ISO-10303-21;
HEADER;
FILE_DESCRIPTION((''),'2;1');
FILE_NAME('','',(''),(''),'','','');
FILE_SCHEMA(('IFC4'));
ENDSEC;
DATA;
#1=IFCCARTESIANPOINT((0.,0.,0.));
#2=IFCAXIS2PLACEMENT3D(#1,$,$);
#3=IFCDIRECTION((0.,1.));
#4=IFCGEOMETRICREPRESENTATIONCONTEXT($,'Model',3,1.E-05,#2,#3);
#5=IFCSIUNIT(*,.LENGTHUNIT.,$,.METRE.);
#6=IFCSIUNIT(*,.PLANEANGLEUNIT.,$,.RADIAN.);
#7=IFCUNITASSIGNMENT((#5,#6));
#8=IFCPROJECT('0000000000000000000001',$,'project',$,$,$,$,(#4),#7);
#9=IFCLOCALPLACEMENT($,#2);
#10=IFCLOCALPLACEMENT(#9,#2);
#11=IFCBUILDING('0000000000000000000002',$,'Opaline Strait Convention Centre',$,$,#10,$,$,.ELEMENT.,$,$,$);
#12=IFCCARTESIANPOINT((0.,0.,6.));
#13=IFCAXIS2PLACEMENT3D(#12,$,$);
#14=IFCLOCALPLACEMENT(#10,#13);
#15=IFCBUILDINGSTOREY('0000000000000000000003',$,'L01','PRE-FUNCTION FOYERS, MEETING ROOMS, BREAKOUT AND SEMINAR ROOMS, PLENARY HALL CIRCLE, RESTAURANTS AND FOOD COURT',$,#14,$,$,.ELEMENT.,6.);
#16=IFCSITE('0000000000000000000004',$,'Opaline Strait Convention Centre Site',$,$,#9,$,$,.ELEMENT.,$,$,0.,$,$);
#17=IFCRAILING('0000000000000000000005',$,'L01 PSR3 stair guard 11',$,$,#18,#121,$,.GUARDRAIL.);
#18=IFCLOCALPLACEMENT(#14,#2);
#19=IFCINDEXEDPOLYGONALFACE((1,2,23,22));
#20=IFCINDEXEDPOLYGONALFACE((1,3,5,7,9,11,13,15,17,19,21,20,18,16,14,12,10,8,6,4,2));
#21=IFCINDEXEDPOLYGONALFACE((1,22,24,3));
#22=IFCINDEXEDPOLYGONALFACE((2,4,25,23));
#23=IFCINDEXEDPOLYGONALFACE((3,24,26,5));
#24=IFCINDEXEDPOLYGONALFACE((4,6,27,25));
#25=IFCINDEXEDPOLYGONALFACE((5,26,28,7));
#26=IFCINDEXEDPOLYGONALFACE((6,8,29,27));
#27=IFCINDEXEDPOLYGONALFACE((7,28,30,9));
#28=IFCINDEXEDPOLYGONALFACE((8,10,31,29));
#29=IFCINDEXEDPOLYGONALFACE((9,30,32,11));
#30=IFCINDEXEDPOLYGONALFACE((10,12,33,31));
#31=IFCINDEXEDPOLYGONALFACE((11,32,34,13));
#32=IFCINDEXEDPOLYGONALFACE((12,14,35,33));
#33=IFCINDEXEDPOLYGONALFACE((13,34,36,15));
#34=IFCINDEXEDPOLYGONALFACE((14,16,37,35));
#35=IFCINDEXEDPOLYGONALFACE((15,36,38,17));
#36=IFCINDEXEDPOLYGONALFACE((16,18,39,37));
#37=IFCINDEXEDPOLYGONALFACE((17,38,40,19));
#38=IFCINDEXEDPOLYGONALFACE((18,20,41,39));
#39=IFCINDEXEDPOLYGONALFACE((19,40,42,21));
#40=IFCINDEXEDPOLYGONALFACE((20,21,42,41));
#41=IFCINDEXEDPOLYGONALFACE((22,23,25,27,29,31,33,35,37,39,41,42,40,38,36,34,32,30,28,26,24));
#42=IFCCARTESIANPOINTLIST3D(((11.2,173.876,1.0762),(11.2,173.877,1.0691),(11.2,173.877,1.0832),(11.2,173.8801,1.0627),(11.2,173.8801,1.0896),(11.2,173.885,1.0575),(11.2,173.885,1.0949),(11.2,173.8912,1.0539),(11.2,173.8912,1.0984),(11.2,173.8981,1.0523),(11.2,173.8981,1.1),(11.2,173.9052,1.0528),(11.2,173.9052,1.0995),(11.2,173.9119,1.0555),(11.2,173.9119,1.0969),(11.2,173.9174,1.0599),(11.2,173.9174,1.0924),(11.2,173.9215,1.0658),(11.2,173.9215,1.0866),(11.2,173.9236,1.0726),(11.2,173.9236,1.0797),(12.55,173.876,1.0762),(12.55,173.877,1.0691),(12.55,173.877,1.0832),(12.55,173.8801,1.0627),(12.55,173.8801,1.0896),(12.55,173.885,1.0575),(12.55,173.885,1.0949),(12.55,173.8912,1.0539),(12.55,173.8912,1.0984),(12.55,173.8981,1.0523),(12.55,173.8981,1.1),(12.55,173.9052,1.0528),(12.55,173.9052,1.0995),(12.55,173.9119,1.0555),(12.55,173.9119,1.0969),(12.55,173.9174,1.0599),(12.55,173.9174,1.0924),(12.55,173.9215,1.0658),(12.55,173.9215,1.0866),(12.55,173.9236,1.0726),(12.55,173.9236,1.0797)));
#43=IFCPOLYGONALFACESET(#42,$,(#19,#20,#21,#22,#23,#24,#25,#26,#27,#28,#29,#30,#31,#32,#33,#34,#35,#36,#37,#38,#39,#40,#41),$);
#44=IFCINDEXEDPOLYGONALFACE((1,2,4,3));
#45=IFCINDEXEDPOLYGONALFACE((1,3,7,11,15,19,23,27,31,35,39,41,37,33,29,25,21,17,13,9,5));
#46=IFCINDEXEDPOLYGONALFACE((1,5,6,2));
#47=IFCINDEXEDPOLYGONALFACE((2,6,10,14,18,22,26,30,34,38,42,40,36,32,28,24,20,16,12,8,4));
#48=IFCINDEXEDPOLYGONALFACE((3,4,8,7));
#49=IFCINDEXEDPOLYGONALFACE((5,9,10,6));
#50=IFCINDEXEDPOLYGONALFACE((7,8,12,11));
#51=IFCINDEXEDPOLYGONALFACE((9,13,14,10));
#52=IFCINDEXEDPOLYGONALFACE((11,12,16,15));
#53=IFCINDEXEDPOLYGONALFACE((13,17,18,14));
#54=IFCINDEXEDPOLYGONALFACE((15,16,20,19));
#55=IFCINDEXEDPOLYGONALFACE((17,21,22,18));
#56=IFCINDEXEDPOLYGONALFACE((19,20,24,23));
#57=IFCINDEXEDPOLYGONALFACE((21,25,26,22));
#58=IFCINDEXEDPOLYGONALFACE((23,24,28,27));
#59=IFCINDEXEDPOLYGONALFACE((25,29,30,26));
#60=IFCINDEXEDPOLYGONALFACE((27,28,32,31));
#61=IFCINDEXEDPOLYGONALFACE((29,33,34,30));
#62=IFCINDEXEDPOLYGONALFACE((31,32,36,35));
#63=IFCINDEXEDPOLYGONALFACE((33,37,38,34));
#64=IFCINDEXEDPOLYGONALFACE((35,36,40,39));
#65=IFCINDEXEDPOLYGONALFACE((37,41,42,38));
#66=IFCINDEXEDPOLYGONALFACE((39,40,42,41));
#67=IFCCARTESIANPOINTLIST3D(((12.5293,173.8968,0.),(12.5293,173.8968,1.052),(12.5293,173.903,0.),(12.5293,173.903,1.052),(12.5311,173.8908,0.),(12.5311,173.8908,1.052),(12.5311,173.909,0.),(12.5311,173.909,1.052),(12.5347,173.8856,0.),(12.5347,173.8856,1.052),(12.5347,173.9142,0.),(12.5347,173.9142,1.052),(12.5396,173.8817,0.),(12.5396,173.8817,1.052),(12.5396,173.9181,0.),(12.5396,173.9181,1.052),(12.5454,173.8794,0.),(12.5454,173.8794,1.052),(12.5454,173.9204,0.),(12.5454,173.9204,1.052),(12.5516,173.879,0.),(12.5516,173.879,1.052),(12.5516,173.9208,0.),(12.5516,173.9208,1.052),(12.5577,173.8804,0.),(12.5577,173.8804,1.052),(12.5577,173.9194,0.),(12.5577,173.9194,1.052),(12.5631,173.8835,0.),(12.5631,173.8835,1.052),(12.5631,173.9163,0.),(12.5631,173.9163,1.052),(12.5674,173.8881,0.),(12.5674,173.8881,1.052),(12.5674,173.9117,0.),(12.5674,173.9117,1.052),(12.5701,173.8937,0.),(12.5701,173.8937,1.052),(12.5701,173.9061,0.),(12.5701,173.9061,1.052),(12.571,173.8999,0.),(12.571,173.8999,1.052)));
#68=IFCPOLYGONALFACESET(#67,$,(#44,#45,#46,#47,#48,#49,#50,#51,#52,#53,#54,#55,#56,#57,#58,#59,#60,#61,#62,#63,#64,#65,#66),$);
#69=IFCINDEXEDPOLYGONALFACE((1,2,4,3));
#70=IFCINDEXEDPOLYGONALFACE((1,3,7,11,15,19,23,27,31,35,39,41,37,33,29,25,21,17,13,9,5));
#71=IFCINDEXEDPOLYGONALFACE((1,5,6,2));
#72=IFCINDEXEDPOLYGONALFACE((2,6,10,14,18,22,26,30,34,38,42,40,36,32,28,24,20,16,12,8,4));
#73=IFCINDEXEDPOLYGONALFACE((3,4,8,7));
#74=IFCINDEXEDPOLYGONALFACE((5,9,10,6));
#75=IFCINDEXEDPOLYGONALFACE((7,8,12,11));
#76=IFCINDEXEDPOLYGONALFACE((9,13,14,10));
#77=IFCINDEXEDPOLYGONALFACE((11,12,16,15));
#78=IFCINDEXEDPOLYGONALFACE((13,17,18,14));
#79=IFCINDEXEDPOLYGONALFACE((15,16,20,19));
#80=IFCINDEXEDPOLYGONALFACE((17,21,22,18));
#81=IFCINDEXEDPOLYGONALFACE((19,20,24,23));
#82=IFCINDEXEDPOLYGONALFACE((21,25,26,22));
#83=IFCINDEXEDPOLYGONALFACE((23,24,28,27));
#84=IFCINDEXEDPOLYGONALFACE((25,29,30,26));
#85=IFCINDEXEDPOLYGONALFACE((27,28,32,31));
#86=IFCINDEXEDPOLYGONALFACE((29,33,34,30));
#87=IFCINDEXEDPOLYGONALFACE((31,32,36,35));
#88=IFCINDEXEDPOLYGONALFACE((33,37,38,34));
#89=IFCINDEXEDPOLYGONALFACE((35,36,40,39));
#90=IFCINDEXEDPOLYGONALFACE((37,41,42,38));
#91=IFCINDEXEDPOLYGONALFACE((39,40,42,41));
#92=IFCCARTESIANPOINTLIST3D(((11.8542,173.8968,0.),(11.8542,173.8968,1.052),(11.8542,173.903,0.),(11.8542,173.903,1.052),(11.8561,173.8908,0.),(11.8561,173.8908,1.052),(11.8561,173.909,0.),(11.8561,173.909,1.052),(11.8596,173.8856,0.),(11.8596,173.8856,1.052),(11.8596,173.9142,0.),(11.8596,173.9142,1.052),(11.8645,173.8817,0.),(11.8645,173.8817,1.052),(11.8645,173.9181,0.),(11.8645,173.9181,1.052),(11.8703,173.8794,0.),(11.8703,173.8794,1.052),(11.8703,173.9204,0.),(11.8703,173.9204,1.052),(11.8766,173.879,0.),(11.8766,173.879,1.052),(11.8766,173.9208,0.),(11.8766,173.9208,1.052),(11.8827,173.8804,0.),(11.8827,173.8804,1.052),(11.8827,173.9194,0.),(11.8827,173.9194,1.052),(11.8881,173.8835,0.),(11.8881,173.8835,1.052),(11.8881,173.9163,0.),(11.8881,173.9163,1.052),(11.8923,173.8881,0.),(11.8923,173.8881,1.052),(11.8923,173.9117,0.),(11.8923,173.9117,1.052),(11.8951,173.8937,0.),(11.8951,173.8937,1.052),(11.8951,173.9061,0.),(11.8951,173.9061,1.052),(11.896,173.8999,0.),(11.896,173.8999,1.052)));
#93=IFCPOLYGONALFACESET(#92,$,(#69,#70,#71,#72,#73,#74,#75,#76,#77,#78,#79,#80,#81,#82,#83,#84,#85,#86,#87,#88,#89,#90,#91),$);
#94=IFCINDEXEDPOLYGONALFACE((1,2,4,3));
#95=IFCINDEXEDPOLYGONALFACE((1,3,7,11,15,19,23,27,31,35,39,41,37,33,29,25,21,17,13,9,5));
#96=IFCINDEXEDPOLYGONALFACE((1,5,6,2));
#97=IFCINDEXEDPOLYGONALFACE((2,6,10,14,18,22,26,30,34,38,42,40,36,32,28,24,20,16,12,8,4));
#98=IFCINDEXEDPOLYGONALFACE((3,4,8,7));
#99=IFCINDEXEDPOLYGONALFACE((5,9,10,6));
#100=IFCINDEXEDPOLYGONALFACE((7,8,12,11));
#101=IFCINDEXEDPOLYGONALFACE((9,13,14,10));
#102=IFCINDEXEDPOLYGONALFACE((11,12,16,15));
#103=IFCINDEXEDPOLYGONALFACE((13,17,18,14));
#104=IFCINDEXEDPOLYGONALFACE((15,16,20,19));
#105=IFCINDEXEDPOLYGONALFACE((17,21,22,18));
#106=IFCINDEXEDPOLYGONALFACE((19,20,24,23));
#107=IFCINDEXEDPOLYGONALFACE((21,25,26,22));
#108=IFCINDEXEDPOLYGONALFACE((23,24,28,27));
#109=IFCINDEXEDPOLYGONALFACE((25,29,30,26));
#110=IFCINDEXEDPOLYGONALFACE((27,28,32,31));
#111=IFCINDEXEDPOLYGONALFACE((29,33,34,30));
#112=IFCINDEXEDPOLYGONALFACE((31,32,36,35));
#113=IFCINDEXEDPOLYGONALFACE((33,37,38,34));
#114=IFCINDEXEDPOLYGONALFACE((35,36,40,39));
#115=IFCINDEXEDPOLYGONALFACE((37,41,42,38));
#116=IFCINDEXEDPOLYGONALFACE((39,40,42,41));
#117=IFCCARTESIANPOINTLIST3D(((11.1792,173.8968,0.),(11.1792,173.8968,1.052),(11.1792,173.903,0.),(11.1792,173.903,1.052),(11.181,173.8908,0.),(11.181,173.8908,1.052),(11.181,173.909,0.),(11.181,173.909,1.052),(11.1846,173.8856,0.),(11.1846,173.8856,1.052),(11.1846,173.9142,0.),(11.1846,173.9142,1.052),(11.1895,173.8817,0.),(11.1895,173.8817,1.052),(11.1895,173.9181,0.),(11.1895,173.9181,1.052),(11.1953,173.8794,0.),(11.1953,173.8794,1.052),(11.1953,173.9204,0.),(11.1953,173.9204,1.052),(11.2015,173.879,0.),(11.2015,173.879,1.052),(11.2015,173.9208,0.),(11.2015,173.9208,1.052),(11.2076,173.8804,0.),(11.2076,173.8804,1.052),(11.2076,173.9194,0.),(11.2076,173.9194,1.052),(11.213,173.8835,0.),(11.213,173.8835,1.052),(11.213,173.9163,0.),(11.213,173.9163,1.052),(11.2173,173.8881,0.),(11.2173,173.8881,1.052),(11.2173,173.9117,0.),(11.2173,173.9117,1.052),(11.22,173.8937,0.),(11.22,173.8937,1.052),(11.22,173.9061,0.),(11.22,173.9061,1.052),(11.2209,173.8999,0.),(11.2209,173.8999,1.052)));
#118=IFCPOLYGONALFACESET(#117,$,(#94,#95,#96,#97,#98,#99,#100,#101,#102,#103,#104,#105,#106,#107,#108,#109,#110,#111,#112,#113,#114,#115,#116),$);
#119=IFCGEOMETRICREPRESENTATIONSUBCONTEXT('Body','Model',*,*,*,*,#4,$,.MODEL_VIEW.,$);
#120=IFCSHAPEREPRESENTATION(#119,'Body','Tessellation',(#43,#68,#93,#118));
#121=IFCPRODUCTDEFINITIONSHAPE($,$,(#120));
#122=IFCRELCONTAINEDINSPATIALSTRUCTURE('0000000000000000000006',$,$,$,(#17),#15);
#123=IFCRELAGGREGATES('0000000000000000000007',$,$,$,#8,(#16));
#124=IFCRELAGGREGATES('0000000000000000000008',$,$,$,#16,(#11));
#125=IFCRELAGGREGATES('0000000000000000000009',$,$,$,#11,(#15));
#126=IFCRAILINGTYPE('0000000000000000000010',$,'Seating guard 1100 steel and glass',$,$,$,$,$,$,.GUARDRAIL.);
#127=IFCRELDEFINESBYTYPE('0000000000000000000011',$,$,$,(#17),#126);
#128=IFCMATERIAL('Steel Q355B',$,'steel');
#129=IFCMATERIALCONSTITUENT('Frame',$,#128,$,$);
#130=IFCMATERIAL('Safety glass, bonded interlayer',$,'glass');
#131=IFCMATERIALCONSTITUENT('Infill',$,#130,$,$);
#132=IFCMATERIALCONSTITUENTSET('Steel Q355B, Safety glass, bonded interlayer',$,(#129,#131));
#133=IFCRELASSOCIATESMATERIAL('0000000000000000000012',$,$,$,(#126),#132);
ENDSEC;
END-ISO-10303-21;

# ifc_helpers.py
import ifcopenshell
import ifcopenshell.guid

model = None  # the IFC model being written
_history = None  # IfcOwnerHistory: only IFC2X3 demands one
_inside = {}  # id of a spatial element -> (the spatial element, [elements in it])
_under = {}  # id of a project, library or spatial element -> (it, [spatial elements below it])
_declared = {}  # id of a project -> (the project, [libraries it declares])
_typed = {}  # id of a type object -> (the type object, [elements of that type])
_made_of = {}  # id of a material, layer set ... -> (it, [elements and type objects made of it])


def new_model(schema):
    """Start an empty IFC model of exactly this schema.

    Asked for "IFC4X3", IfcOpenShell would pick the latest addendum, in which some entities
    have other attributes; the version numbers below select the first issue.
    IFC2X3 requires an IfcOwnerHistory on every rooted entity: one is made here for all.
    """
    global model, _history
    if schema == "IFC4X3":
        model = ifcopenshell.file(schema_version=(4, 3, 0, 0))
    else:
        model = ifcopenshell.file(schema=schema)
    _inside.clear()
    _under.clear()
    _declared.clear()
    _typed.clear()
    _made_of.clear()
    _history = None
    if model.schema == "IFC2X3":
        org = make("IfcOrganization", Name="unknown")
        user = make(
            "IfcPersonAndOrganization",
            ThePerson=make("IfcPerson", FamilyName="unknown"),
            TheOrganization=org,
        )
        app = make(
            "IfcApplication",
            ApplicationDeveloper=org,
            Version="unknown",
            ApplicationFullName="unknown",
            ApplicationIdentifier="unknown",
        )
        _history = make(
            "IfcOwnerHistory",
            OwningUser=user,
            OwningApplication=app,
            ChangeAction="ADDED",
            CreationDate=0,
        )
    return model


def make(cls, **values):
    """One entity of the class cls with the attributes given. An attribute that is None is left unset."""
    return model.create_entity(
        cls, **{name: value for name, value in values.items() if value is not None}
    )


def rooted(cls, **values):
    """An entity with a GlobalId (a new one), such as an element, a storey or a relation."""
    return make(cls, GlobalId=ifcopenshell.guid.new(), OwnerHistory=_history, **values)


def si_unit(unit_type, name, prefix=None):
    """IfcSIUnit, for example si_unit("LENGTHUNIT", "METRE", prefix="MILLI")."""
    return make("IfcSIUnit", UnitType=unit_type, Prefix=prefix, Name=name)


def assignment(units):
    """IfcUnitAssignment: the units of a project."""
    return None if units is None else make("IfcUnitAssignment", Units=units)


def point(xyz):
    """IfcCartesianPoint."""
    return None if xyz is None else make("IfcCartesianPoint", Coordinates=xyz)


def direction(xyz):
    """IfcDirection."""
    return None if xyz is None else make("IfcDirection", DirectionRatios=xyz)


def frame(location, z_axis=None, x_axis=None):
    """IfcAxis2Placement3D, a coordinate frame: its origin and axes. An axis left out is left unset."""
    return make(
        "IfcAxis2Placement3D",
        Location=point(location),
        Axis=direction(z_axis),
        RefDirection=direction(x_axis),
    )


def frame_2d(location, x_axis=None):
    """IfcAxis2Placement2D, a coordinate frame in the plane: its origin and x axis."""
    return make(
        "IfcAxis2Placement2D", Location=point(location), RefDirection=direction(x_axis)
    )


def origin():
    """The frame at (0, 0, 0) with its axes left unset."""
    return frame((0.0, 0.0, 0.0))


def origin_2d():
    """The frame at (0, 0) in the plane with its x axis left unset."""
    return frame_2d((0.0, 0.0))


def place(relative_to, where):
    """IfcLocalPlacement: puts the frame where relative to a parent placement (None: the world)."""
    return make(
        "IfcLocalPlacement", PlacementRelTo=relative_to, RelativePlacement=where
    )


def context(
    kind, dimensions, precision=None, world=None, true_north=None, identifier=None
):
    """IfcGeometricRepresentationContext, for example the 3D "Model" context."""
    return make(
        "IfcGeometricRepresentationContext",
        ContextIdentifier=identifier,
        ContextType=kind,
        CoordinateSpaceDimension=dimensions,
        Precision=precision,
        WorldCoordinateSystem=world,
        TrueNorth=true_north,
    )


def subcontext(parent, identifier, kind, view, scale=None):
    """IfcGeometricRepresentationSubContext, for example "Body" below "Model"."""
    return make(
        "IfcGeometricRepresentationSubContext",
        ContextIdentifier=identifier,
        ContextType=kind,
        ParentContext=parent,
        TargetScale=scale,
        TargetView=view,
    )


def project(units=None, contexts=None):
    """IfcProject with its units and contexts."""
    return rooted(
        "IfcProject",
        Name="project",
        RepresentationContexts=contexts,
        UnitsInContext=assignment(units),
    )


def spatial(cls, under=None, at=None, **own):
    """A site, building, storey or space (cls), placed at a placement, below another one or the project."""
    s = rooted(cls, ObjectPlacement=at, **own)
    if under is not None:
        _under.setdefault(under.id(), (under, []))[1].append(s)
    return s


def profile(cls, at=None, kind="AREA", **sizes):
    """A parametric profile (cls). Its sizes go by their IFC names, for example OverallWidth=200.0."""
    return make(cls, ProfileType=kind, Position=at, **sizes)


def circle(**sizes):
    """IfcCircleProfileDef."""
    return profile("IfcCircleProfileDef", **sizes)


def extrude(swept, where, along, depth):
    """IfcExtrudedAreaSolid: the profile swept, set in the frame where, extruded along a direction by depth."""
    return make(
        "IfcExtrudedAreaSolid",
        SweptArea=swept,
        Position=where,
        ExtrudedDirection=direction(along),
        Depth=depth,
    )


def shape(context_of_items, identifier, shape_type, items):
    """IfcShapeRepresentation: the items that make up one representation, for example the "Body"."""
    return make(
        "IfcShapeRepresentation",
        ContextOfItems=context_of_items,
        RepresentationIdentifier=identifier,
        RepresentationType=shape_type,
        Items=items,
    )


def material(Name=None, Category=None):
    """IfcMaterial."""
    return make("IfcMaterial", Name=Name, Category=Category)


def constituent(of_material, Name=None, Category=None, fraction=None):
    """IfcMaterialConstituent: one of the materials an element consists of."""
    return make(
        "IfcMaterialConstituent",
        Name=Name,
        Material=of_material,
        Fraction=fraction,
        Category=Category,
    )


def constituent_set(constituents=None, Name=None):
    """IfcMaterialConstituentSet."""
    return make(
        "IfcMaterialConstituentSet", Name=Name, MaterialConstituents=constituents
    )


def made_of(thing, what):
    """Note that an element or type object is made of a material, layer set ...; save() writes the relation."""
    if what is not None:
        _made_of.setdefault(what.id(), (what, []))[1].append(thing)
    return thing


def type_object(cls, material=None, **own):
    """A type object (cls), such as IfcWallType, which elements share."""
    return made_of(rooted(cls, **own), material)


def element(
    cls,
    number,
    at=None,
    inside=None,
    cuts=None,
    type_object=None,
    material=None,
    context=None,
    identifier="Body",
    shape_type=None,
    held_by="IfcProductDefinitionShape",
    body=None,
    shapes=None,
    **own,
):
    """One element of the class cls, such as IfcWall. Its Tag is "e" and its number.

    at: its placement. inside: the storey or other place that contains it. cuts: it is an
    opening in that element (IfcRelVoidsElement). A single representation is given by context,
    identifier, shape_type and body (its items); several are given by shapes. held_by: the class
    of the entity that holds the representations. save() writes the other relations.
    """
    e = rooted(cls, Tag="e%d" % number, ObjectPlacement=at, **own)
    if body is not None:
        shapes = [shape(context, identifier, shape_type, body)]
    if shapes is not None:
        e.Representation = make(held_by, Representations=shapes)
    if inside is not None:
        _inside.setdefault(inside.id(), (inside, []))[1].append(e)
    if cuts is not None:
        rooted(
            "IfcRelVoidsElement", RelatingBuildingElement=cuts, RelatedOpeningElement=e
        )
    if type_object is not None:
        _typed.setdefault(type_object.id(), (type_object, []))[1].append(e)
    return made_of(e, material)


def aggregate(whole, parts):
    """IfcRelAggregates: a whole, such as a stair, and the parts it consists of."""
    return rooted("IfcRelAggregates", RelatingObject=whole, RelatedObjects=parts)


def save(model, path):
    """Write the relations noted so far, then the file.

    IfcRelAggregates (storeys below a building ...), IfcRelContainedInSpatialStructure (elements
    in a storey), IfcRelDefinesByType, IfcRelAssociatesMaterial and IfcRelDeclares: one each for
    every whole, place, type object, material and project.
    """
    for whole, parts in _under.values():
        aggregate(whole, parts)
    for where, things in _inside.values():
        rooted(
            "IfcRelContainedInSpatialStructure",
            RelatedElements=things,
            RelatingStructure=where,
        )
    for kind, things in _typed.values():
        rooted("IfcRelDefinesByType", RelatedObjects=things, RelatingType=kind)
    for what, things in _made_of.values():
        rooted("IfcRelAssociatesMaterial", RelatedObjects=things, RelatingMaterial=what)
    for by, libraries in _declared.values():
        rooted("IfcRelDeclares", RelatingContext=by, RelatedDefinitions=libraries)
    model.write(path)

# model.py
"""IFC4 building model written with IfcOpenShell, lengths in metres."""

from ifc_helpers import new_model, si_unit, direction, frame, origin, origin_2d, place, context, subcontext, project, spatial, circle, extrude, material, constituent, constituent_set, type_object, element, save


model = new_model("IFC4")

# Units and contexts
model_context = context("Model", 3, precision=1e-05, world=origin(), true_north=direction((0.0, 1.0)))
body_context = subcontext(model_context, "Body", "Model", "MODEL_VIEW")
ifc_project = project(units=[si_unit("LENGTHUNIT", "METRE"), si_unit("PLANEANGLEUNIT", "RADIAN")], contexts=[model_context])

# Site, building, storey
site_placement = place(None, origin())
site = spatial("IfcSite", under=ifc_project, at=site_placement, Name="Opaline Strait Convention Centre Site", CompositionType="ELEMENT", RefElevation=0.0)
building_placement = place(site_placement, origin())
building = spatial("IfcBuilding", under=site, at=building_placement, Name="Opaline Strait Convention Centre", CompositionType="ELEMENT")
storey_placement = place(building_placement, frame((0.0, 0.0, 6.0)))
storey = spatial("IfcBuildingStorey", under=building, at=storey_placement, Name="L01", Description="PRE-FUNCTION FOYERS, MEETING ROOMS, BREAKOUT AND SEMINAR ROOMS, PLENARY HALL CIRCLE, RESTAURANTS AND FOOD COURT", CompositionType="ELEMENT", Elevation=6.0)

# Railing
ifc_material_1 = material(Name="Steel Q355B", Category="steel")
ifc_constituent_1 = constituent(ifc_material_1, Name="Frame")
ifc_material_2 = material(Name="Safety glass, bonded interlayer", Category="glass")
ifc_constituent_2 = constituent(ifc_material_2, Name="Infill")
ifc_constituent_set = constituent_set(constituents=[ifc_constituent_1, ifc_constituent_2], Name="Steel Q355B, Safety glass, bonded interlayer")
railing_type_1 = type_object("IfcRailingType", Name="Seating guard 1100 steel and glass", PredefinedType="GUARDRAIL", material=ifc_constituent_set)
railing_1_placement = place(storey_placement, frame((12.55, 173.8999, 0.0)))
element("IfcRailing", 1, at=railing_1_placement, inside=storey, type_object=railing_type_1, Name="L01 PSR3 stair guard 11", PredefinedType="GUARDRAIL", context=body_context, shape_type="SweptSolid", body=[
    extrude(circle(Radius=0.0239, at=origin_2d()), frame((0.0, 0.0, 1.0762), z_axis=(-1.0, 0.0, 0.0), x_axis=(0.0, -1.0, 0.0)), (0.0, 0.0, 1.0), 1.3501),
    extrude(circle(Radius=0.021, at=origin_2d()), origin(), (0.0, 0.0, 1.0), 1.052),
    extrude(circle(Radius=0.021, at=origin_2d()), frame((-0.675, 0.0, 0.0)), (0.0, 0.0, 1.0), 1.052),
    extrude(circle(Radius=0.021, at=origin_2d()), frame((-1.3501, 0.0, 0.0)), (0.0, 0.0, 1.0), 1.052),
])

save(model, "model.ifc")
